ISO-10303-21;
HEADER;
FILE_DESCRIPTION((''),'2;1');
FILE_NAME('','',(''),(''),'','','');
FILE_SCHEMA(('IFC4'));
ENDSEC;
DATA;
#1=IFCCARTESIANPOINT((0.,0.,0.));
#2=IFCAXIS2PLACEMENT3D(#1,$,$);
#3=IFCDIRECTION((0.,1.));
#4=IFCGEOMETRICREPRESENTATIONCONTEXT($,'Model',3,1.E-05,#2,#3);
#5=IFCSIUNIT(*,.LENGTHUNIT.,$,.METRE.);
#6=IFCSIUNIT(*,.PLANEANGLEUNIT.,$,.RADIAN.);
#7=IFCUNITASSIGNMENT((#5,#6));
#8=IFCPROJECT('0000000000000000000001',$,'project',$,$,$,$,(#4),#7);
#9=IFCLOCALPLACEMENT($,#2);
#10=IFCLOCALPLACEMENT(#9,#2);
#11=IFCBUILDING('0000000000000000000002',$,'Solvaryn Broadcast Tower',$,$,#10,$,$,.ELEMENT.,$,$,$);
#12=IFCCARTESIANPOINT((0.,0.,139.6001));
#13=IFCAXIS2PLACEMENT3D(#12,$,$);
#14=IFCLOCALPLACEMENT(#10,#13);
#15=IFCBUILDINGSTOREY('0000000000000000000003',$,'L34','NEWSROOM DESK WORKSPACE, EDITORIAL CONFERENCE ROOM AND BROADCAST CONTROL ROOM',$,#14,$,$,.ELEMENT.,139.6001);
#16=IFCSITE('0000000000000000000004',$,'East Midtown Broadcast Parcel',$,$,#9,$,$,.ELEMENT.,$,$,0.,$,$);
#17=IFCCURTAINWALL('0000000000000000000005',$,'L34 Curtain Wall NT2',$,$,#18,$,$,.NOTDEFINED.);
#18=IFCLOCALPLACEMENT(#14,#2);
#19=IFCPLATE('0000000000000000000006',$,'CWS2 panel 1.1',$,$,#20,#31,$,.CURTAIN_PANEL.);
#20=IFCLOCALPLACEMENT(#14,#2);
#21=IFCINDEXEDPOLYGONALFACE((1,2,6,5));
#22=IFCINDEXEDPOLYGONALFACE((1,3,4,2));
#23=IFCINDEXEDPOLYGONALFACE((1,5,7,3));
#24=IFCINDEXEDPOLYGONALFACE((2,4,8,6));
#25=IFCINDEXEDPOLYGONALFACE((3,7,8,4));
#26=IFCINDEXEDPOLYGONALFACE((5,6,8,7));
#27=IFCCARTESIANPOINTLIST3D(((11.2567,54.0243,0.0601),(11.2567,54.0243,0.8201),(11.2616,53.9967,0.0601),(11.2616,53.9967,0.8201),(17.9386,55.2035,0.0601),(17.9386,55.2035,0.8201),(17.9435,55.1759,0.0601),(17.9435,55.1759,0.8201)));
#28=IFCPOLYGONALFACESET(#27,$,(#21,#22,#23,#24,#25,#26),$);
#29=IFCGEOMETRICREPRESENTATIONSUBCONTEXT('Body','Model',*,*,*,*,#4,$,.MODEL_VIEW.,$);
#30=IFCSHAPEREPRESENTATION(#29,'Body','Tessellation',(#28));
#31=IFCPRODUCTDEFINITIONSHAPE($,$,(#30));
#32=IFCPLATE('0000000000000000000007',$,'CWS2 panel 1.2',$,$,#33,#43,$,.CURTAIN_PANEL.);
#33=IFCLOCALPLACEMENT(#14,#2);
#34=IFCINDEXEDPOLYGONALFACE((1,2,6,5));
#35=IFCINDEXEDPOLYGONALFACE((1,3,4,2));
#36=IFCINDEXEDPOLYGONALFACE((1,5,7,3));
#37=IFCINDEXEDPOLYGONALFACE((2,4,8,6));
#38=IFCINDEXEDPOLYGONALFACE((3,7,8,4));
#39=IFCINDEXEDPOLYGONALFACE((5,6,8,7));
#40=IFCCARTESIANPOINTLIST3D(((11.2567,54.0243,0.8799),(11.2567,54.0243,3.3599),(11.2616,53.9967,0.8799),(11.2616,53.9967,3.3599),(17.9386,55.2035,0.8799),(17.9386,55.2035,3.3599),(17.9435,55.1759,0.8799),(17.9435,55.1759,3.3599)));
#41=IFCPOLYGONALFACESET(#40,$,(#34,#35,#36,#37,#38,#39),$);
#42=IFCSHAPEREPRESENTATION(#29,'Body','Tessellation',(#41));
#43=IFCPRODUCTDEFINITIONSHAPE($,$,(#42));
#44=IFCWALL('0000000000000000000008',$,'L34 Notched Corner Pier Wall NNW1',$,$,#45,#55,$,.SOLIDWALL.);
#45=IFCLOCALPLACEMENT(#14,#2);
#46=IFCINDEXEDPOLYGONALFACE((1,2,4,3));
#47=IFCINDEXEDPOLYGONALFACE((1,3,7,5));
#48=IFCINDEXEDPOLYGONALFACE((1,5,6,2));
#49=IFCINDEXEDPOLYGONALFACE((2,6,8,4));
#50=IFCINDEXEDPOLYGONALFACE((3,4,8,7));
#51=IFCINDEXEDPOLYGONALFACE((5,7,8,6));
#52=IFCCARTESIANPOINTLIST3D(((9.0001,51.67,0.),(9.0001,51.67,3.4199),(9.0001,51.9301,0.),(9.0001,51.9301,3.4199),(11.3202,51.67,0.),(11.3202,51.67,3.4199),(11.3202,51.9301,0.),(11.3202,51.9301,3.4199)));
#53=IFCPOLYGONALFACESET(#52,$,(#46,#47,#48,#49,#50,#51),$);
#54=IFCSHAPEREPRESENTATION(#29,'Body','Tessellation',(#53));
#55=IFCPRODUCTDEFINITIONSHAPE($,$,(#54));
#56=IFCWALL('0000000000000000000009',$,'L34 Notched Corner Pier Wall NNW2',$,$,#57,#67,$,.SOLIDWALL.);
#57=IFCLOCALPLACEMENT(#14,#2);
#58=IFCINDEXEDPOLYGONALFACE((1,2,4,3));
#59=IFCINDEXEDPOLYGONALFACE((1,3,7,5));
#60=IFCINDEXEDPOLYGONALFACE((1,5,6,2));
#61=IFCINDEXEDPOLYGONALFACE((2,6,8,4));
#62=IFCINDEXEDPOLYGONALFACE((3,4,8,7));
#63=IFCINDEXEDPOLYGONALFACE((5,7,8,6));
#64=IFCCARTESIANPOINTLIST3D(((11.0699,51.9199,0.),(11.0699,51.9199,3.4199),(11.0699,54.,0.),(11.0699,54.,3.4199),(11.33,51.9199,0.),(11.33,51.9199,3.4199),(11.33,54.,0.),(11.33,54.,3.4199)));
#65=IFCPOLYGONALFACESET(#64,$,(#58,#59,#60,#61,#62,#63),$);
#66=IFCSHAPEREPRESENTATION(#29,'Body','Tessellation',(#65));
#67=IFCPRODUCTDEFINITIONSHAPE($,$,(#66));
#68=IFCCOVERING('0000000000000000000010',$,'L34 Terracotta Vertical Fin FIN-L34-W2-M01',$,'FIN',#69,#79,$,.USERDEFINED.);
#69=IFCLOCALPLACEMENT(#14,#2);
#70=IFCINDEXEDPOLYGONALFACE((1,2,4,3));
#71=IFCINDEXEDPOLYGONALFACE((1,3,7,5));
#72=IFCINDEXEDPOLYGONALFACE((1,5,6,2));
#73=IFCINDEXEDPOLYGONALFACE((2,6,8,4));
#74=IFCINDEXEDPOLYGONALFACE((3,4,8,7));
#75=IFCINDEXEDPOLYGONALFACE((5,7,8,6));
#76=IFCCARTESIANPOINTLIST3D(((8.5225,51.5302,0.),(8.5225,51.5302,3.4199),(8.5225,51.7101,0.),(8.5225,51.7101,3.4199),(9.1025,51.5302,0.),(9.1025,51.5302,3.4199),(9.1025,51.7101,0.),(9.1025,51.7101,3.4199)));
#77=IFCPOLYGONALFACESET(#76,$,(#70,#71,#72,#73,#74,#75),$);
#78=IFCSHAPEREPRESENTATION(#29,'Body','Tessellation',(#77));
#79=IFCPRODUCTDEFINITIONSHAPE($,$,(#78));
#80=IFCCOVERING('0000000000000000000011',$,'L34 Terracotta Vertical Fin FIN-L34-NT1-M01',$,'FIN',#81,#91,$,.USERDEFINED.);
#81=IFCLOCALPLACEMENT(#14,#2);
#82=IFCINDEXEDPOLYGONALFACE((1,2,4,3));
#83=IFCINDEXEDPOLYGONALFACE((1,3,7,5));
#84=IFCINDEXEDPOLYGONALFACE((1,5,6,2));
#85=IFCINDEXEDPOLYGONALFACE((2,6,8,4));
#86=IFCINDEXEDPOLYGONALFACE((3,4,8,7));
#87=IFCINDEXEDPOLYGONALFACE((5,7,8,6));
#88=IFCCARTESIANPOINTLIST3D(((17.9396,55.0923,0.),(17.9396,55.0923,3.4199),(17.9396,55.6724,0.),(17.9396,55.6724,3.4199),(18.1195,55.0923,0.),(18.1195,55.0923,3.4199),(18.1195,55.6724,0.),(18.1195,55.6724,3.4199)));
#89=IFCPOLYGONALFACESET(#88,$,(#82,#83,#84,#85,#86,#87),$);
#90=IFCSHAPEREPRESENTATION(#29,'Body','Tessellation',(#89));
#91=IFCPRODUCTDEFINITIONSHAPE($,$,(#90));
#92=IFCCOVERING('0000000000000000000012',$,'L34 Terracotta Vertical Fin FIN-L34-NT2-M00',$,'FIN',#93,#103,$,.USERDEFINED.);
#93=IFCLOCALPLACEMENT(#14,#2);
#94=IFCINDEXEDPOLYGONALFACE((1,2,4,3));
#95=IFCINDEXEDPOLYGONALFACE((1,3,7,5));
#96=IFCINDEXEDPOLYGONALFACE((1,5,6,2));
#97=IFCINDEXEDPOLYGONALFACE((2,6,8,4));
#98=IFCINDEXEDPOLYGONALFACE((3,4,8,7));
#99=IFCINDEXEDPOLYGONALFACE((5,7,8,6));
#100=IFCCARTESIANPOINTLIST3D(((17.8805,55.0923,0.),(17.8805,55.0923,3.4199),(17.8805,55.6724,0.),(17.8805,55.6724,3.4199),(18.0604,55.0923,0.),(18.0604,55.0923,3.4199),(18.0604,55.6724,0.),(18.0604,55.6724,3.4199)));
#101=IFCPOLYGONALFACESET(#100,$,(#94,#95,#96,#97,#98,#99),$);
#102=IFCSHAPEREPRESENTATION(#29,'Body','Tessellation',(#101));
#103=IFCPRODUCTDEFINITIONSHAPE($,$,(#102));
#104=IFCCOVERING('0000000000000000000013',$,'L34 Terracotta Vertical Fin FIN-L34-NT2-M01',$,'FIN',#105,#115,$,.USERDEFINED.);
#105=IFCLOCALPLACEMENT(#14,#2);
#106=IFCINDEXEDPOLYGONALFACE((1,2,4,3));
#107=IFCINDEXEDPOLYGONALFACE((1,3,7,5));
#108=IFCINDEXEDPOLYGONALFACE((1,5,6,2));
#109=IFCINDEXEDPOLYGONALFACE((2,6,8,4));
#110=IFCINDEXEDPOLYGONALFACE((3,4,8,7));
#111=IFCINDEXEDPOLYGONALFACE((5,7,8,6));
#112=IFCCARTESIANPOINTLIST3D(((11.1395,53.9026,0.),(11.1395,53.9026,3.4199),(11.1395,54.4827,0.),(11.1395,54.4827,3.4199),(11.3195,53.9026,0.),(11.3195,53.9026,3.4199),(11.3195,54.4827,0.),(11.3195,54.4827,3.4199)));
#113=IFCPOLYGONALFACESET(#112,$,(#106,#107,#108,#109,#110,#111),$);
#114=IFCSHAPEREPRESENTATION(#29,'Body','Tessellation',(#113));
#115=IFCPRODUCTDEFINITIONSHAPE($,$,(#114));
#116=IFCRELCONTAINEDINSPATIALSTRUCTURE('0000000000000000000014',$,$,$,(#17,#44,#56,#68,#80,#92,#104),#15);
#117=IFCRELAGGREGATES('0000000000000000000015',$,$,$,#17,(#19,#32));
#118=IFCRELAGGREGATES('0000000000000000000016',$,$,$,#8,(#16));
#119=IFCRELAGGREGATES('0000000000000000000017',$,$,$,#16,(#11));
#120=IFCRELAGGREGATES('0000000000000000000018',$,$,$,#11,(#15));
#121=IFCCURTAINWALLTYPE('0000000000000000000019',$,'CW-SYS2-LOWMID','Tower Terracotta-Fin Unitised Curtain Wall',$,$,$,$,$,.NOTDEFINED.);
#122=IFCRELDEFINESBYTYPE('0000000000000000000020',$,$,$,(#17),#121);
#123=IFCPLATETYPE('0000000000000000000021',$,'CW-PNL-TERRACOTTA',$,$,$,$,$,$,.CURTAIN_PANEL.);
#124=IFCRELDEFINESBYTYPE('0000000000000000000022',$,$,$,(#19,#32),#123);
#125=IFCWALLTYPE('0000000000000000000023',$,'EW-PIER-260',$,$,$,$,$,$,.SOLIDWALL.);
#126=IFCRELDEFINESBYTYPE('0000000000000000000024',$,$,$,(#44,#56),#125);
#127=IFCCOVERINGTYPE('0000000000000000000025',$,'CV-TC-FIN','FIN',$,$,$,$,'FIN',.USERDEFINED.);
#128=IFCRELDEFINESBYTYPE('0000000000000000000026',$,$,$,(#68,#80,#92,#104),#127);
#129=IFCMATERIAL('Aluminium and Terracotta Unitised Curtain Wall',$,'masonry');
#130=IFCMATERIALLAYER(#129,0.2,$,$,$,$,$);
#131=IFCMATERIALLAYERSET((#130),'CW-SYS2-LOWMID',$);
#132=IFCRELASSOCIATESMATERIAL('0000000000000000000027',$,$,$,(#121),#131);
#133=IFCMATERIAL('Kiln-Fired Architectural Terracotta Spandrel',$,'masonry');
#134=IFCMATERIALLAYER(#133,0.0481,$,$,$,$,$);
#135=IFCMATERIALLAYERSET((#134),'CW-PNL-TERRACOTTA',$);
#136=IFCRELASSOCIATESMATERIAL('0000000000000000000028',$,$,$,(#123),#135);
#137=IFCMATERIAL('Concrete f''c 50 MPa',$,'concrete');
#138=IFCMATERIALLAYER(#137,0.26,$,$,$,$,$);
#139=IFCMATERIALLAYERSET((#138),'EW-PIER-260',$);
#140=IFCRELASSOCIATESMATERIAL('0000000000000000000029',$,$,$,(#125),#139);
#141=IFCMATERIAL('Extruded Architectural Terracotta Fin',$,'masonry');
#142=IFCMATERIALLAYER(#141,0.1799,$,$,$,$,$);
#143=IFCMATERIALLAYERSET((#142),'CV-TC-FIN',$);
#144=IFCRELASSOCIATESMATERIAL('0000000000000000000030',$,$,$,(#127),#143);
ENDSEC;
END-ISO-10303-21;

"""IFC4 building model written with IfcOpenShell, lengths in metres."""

from ifc_helpers import new_model, si_unit, direction, frame, frame_2d, origin, origin_2d, place, context, subcontext, project, spatial, rectangle, extrude, material, layer, layer_set, type_object, element, aggregate, save


model = new_model("IFC4")

# Units and contexts
model_context = context("Model", 3, precision=1e-05, world=origin(), true_north=direction((0.0, 1.0)))
body_context = subcontext(model_context, "Body", "Model", "MODEL_VIEW")
ifc_project = project(units=[si_unit("LENGTHUNIT", "METRE"), si_unit("PLANEANGLEUNIT", "RADIAN")], contexts=[model_context])

# Site, building, storey
site_placement = place(None, origin())
site = spatial("IfcSite", under=ifc_project, at=site_placement, Name="East Midtown Broadcast Parcel", CompositionType="ELEMENT", RefElevation=0.0)
building_placement = place(site_placement, origin())
building = spatial("IfcBuilding", under=site, at=building_placement, Name="Solvaryn Broadcast Tower", CompositionType="ELEMENT")
storey_placement = place(building_placement, frame((0.0, 0.0, 139.6001)))
storey = spatial("IfcBuildingStorey", under=building, at=storey_placement, Name="L34", Description="NEWSROOM DESK WORKSPACE, EDITORIAL CONFERENCE ROOM AND BROADCAST CONTROL ROOM", CompositionType="ELEMENT", Elevation=139.6001)

# Shared definitions
ifc_material_1 = material(Name="Aluminium and Terracotta Unitised Curtain Wall", Category="masonry")
ifc_layer_1 = layer(ifc_material_1, 0.2)
ifc_layer_set_1 = layer_set([ifc_layer_1], Name="CW-SYS2-LOWMID")
curtain_wall_type = type_object("IfcCurtainWallType", Name="CW-SYS2-LOWMID", Description="Tower Terracotta-Fin Unitised Curtain Wall", PredefinedType="NOTDEFINED", material=ifc_layer_set_1)

# Curtain wall
curtain_wall_1_placement = place(storey_placement, origin())
curtain_wall_1 = element("IfcCurtainWall", 1, at=curtain_wall_1_placement, inside=storey, type_object=curtain_wall_type, Name="L34 Curtain Wall NT2", PredefinedType="NOTDEFINED")

# Plates
ifc_material_2 = material(Name="Kiln-Fired Architectural Terracotta Spandrel", Category="masonry")
ifc_layer_2 = layer(ifc_material_2, 0.0481)
ifc_layer_set_2 = layer_set([ifc_layer_2], Name="CW-PNL-TERRACOTTA")
plate_type = type_object("IfcPlateType", Name="CW-PNL-TERRACOTTA", PredefinedType="CURTAIN_PANEL", material=ifc_layer_set_2)
plate_1_placement = place(storey_placement, frame((14.6001, 54.6001, 0.0601), z_axis=(0.0, 0.0, 1.0), x_axis=(-0.984784, -0.173785, 0.0)))
plate_1 = element("IfcPlate", 2, at=plate_1_placement, type_object=plate_type, Name="CWS2 panel 1.1", PredefinedType="CURTAIN_PANEL", context=body_context, shape_type="SweptSolid", body=[
    extrude(rectangle(XDim=6.7852, YDim=0.0281, at=origin_2d()), origin(), (0.0, 0.0, 1.0), 0.76),
])
plate_2_placement = place(storey_placement, frame((14.6001, 54.6001, 0.8799), z_axis=(0.0, 0.0, 1.0), x_axis=(-0.984784, -0.173785, 0.0)))
plate_2 = element("IfcPlate", 3, at=plate_2_placement, type_object=plate_type, Name="CWS2 panel 1.2", PredefinedType="CURTAIN_PANEL", context=body_context, shape_type="SweptSolid", body=[
    extrude(rectangle(XDim=6.7852, YDim=0.0281, at=origin_2d()), origin(), (0.0, 0.0, 1.0), 2.48),
])
aggregate(curtain_wall_1, [plate_1, plate_2])

# Walls
ifc_material_3 = material(Name="Concrete f'c 50 MPa", Category="concrete")
ifc_layer_3 = layer(ifc_material_3, 0.26)
ifc_layer_set_3 = layer_set([ifc_layer_3], Name="EW-PIER-260")
wall_type = type_object("IfcWallType", Name="EW-PIER-260", PredefinedType="SOLIDWALL", material=ifc_layer_set_3)
wall_1_placement = place(storey_placement, frame((9.0, 51.8, 0.0), z_axis=(0.0, 0.0, 1.0), x_axis=(1.0, 0.0, 0.0)))
element("IfcWall", 4, at=wall_1_placement, inside=storey, type_object=wall_type, Name="L34 Notched Corner Pier Wall NNW1", PredefinedType="SOLIDWALL", context=body_context, shape_type="SweptSolid", body=[
    extrude(rectangle(XDim=2.3201, YDim=0.26, at=frame_2d((1.1602, 0.0))), origin(), (0.0, 0.0, 1.0), 3.4199),
])
wall_2_placement = place(storey_placement, frame((11.2, 51.9199, 0.0), z_axis=(0.0, 0.0, 1.0), x_axis=(0.0, 1.0, 0.0)))
element("IfcWall", 5, at=wall_2_placement, inside=storey, type_object=wall_type, Name="L34 Notched Corner Pier Wall NNW2", PredefinedType="SOLIDWALL", context=body_context, shape_type="SweptSolid", body=[
    extrude(rectangle(XDim=2.0801, YDim=0.26, at=frame_2d((1.04, 0.0))), origin(), (0.0, 0.0, 1.0), 3.4199),
])

# Coverings
ifc_material_4 = material(Name="Extruded Architectural Terracotta Fin", Category="masonry")
ifc_layer_4 = layer(ifc_material_4, 0.1799)
ifc_layer_set_4 = layer_set([ifc_layer_4], Name="CV-TC-FIN")
covering_type = type_object("IfcCoveringType", Name="CV-TC-FIN", Description="FIN", ElementType="FIN", PredefinedType="USERDEFINED", material=ifc_layer_set_4)
covering_placement = place(storey_placement, frame((8.8125, 51.6201, 0.0), z_axis=(0.0, 0.0, 1.0), x_axis=(1.0, 0.0, 0.0)))
element("IfcCovering", 6, at=covering_placement, inside=storey, type_object=covering_type, Name="L34 Terracotta Vertical Fin FIN-L34-W2-M01", ObjectType="FIN", PredefinedType="USERDEFINED", context=body_context, shape_type="SweptSolid", body=[
    extrude(rectangle(XDim=0.5801, YDim=0.1799, at=origin_2d()), origin(), (0.0, 0.0, 1.0), 3.4199),
])
for number, where, z_axis, x_axis, name in (
    (7, (18.0295, 55.3823, 0.0), (0.0, 0.0, 1.0), (1.0, 0.0, 0.0), "L34 Terracotta Vertical Fin FIN-L34-NT1-M01"),
    (8, (17.9705, 55.3823, 0.0), (0.0, 0.0, 1.0), (1.0, 0.0, 0.0), "L34 Terracotta Vertical Fin FIN-L34-NT2-M00"),
    (9, (11.2295, 54.1926, 0.0), (0.0, 0.0, 1.0), (1.0, 0.0, 0.0), "L34 Terracotta Vertical Fin FIN-L34-NT2-M01"),
):
    element("IfcCovering", number, at=place(storey_placement, frame(where, z_axis=z_axis, x_axis=x_axis)), inside=storey, type_object=covering_type, Name=name, ObjectType="FIN", PredefinedType="USERDEFINED", context=body_context, shape_type="SweptSolid", body=[
        extrude(rectangle(XDim=0.1799, YDim=0.5801, at=origin_2d()), origin(), (0.0, 0.0, 1.0), 3.4199),
    ])

save(model, "model.ifc")
